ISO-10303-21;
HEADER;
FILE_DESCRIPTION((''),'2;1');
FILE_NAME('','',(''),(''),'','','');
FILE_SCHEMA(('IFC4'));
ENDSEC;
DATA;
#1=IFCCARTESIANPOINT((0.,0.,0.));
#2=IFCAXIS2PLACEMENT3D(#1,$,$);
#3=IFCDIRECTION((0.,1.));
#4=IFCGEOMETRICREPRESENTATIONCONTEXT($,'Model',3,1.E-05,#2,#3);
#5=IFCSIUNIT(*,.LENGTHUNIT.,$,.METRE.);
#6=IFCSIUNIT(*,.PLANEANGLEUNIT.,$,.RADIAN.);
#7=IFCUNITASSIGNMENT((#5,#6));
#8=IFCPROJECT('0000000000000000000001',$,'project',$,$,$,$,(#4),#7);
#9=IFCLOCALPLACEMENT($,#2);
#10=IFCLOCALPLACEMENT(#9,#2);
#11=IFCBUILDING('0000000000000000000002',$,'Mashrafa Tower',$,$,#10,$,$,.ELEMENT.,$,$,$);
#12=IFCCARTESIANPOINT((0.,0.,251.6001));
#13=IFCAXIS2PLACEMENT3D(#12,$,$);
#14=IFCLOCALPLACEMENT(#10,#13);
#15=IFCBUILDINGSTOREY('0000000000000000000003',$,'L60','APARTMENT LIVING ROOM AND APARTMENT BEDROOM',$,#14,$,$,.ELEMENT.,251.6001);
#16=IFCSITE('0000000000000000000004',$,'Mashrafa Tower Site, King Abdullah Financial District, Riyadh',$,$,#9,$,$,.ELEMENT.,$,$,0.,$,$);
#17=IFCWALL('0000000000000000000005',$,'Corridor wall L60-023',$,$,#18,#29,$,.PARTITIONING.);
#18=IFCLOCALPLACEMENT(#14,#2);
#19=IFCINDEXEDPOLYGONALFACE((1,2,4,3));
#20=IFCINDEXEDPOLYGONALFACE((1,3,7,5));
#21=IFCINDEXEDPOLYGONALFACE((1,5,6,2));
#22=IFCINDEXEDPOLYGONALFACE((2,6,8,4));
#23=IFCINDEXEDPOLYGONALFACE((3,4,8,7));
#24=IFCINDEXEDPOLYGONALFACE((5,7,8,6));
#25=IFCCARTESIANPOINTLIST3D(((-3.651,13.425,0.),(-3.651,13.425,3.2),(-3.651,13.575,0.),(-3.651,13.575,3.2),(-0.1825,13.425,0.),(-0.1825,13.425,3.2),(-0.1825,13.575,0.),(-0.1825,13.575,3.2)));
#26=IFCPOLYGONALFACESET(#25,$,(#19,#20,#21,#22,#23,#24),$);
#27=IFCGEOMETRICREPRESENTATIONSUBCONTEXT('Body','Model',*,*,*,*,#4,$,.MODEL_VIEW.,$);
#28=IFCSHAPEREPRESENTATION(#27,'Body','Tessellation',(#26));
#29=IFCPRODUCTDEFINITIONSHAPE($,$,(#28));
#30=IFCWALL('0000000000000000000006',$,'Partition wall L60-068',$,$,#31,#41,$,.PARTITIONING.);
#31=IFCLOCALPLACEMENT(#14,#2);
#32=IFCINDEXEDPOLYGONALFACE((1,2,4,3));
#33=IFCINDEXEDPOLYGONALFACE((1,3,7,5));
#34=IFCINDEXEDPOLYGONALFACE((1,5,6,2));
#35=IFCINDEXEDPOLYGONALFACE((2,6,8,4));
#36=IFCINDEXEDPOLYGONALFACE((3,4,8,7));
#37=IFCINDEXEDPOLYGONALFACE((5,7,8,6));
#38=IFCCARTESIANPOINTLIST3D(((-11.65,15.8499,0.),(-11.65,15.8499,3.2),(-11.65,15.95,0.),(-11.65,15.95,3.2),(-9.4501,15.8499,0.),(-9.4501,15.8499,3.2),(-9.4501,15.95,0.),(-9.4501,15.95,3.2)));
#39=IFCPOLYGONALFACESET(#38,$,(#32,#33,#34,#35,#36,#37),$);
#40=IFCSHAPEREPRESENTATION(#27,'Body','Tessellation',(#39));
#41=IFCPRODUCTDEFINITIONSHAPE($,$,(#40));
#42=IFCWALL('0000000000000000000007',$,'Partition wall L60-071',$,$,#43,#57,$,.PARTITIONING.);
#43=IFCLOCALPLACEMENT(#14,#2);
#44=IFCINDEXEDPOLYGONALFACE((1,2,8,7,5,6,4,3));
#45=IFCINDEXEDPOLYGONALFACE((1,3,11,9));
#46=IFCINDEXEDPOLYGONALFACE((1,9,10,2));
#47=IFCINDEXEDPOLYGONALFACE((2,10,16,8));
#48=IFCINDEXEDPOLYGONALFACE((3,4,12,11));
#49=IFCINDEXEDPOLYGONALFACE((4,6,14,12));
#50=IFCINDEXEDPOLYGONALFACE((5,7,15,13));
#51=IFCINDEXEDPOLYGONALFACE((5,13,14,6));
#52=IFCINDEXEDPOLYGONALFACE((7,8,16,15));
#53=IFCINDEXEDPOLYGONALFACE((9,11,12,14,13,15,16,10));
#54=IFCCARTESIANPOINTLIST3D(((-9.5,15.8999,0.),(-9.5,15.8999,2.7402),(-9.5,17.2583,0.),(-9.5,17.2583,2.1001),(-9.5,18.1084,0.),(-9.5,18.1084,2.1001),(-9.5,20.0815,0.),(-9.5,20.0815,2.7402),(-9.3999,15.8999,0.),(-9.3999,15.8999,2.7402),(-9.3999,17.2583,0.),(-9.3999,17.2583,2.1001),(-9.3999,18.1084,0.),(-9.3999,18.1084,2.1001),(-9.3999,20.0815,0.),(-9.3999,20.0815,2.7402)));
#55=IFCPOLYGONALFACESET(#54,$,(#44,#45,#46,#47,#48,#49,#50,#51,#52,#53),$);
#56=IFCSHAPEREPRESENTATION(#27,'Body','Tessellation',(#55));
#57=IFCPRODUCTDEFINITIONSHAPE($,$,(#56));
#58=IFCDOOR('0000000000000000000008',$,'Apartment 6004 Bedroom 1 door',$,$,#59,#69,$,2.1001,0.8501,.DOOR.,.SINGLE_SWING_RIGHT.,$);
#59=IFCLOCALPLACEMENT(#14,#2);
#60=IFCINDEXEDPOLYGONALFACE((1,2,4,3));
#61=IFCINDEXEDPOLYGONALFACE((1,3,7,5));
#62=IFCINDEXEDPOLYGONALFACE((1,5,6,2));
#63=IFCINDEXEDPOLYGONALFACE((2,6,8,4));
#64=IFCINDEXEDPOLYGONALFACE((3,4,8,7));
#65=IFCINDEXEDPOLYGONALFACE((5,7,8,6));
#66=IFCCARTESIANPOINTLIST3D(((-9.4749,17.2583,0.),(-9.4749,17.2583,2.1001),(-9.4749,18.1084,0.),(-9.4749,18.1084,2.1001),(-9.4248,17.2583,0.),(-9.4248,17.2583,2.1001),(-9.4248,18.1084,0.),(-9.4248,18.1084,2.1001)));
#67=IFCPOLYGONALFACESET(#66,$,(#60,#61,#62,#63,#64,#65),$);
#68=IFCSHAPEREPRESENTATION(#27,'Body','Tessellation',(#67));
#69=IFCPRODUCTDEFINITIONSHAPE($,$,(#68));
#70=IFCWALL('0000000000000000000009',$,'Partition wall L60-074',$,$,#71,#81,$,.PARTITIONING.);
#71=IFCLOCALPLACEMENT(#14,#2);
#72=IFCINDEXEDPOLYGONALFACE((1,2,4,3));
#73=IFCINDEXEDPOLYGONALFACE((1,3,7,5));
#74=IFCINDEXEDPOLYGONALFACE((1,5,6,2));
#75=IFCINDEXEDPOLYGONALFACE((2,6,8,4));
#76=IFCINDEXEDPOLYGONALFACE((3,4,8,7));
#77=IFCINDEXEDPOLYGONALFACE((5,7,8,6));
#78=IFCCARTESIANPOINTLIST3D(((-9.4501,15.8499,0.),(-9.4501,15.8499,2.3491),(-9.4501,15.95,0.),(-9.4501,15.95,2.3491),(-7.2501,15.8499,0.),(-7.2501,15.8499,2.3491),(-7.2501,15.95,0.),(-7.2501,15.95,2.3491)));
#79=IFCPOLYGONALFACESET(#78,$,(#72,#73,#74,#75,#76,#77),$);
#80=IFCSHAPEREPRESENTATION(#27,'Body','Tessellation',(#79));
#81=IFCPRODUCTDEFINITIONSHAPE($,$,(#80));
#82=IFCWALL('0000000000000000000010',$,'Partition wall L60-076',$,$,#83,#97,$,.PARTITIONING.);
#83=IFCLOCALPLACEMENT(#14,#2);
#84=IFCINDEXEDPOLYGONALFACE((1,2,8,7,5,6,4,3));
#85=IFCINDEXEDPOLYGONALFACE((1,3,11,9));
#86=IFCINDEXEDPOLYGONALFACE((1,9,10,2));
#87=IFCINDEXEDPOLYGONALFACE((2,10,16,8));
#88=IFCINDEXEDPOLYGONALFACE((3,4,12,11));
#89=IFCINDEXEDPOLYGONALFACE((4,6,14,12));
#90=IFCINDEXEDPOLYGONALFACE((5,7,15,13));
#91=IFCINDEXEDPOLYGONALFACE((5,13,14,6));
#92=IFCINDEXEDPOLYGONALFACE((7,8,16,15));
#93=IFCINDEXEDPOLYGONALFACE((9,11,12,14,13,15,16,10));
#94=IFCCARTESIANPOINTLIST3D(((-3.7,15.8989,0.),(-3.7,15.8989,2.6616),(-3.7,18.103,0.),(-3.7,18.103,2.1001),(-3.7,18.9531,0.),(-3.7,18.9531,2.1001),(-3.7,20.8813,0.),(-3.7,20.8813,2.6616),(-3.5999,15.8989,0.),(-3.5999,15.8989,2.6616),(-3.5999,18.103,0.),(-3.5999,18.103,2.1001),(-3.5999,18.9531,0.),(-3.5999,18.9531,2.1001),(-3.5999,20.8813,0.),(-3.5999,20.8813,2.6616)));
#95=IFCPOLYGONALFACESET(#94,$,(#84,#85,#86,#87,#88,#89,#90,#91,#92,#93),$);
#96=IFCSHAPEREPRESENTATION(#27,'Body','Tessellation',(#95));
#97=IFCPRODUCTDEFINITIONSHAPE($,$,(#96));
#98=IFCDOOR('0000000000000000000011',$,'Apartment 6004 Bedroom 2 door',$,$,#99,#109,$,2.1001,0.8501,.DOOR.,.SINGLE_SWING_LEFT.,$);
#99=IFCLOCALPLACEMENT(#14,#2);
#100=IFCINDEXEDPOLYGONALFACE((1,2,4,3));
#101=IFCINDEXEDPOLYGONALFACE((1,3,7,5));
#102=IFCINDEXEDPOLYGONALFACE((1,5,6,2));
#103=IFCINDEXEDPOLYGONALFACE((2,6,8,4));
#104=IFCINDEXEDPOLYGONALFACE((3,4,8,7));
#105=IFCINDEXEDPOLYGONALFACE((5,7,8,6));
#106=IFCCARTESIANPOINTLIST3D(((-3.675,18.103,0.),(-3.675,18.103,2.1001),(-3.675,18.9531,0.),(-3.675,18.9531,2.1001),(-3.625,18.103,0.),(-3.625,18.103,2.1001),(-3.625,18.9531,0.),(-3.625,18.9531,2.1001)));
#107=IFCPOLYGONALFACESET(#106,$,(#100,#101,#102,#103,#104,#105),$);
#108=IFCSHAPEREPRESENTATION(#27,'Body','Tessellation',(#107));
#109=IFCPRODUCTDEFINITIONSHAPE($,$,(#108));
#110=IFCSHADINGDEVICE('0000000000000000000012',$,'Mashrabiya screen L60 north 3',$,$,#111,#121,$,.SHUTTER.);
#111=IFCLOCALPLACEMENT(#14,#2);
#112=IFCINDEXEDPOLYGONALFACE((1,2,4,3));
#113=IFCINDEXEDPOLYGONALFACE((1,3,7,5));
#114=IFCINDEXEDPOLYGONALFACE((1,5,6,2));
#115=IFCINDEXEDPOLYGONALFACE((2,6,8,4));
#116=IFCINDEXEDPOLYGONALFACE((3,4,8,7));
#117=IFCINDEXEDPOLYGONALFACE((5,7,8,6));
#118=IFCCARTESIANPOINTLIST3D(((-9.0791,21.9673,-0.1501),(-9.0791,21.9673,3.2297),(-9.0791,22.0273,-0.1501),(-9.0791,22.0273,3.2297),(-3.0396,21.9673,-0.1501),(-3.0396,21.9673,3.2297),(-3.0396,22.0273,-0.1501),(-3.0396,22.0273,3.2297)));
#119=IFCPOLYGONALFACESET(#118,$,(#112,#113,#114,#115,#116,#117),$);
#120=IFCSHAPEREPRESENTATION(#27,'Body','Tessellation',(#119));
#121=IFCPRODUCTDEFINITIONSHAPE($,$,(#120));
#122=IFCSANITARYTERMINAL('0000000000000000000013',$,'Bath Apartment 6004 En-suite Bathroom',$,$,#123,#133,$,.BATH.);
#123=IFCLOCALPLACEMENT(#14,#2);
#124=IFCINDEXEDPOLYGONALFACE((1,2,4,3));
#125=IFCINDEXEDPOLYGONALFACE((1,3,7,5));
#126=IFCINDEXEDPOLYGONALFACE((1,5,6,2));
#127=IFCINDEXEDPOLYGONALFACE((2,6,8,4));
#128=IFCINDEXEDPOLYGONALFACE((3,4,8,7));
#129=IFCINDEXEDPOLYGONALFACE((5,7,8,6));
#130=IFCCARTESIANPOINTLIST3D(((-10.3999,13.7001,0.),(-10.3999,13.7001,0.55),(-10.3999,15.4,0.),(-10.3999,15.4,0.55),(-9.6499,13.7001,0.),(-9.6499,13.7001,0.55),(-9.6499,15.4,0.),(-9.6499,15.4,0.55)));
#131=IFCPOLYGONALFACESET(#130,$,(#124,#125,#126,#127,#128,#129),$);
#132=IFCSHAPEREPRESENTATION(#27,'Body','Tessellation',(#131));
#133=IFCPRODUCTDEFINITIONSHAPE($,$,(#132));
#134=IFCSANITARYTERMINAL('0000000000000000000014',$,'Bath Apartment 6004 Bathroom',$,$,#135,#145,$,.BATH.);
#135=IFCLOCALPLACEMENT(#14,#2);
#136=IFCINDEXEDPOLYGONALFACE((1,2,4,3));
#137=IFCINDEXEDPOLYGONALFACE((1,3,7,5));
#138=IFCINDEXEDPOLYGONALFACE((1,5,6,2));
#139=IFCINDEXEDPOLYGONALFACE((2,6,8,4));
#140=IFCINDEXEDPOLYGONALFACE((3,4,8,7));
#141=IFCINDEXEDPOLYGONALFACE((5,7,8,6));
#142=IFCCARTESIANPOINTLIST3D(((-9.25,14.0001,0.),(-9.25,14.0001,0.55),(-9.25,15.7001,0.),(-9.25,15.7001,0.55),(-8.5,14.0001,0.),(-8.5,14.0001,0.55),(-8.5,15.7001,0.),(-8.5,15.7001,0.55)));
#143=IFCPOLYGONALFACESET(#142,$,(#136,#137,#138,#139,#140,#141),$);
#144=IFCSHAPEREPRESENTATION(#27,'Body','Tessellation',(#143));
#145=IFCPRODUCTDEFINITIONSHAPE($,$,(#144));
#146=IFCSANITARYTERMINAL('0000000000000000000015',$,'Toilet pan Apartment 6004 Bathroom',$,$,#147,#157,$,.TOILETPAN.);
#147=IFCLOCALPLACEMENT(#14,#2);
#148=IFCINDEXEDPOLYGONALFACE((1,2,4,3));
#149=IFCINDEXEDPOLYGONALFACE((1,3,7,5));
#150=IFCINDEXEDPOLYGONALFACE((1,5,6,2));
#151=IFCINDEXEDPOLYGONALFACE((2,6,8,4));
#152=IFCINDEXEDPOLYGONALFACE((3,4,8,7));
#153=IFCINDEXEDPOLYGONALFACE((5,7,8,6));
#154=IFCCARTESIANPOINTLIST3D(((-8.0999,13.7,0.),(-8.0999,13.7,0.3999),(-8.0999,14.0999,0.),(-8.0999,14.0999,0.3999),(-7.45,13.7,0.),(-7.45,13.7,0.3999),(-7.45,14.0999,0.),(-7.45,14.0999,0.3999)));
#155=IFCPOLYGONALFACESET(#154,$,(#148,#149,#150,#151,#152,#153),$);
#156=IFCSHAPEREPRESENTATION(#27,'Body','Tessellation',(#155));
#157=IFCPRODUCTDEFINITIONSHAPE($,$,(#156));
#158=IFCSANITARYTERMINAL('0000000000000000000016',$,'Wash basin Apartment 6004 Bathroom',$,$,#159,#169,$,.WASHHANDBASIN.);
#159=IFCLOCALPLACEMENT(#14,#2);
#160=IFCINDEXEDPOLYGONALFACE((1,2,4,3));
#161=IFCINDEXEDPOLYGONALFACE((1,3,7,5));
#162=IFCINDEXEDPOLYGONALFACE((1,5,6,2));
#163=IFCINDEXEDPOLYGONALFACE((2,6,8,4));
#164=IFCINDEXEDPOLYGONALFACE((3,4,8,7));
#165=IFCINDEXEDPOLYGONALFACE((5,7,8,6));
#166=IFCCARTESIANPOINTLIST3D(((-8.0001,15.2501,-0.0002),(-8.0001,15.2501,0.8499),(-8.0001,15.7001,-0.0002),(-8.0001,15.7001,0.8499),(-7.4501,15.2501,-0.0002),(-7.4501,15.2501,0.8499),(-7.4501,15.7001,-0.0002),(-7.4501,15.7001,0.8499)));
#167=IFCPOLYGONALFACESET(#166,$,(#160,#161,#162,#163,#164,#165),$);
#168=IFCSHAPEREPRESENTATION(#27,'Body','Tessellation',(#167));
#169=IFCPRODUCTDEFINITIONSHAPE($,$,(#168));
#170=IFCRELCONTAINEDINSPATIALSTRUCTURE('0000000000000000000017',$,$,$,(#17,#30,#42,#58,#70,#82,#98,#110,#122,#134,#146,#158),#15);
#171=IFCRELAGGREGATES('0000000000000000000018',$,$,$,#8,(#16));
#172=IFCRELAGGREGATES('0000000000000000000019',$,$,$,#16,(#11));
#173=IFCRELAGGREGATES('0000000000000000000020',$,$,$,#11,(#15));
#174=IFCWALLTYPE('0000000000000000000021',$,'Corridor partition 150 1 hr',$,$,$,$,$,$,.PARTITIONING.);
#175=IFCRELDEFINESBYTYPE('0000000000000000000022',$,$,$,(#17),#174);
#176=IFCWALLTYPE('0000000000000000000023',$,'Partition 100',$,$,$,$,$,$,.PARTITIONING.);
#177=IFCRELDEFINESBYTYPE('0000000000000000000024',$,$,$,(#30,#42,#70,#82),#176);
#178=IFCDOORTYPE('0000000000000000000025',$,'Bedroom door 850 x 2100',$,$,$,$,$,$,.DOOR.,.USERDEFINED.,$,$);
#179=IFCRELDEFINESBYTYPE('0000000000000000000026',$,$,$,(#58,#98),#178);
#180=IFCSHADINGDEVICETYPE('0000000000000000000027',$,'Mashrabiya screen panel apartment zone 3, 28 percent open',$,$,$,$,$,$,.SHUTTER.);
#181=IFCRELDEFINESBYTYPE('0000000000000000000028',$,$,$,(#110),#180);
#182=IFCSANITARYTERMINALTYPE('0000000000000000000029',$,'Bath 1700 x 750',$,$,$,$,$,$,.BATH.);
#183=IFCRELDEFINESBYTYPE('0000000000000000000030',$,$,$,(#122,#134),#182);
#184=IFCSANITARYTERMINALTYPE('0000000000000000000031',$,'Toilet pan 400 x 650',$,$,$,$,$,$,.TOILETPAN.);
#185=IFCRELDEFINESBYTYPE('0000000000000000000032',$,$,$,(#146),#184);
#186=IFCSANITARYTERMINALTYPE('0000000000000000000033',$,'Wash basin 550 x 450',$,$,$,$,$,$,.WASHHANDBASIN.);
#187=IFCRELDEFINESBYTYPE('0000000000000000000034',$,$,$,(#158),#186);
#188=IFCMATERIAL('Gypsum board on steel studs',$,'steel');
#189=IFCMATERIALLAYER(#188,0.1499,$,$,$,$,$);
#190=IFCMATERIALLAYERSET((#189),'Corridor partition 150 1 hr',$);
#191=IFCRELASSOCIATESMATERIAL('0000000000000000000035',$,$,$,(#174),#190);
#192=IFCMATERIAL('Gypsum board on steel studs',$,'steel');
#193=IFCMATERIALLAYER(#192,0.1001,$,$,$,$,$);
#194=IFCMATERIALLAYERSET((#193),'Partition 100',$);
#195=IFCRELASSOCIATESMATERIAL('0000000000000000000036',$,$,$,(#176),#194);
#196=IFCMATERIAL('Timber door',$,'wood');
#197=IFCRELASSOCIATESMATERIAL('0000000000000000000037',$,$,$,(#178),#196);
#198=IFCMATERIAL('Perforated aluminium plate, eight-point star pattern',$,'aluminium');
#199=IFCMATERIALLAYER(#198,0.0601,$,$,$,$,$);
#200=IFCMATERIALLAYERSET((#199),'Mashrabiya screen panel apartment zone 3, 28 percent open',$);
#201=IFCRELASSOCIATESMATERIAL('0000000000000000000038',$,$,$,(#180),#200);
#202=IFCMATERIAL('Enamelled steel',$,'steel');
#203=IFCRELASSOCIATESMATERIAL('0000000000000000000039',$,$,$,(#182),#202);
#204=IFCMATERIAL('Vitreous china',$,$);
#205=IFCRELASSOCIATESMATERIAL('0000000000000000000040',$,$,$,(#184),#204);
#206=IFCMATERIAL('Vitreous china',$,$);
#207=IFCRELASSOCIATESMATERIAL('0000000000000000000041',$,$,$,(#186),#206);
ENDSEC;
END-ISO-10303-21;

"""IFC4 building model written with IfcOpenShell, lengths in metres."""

from ifc_helpers import new_model, si_unit, direction, frame, frame_2d, origin, origin_2d, place, context, subcontext, project, spatial, rectangle, extrude, source, transform, mapped, material, layer, layer_set, type_object, type_shapes, element, fill, save


model = new_model("IFC4")

# Units and contexts
model_context = context("Model", 3, precision=1e-05, world=origin(), true_north=direction((0.0, 1.0)))
body_context = subcontext(model_context, "Body", "Model", "MODEL_VIEW")
ifc_project = project(units=[si_unit("LENGTHUNIT", "METRE"), si_unit("PLANEANGLEUNIT", "RADIAN")], contexts=[model_context])

# Site, building, storey
site_placement = place(None, origin())
site = spatial("IfcSite", under=ifc_project, at=site_placement, Name="Mashrafa Tower Site, King Abdullah Financial District, Riyadh", CompositionType="ELEMENT", RefElevation=0.0)
building_placement = place(site_placement, origin())
building = spatial("IfcBuilding", under=site, at=building_placement, Name="Mashrafa Tower", CompositionType="ELEMENT")
storey_placement = place(building_placement, frame((0.0, 0.0, 251.6001)))
storey = spatial("IfcBuildingStorey", under=building, at=storey_placement, Name="L60", Description="APARTMENT LIVING ROOM AND APARTMENT BEDROOM", CompositionType="ELEMENT", Elevation=251.6001)

# Walls
ifc_material_1 = material(Name="Gypsum board on steel studs", Category="steel")
ifc_layer_1 = layer(ifc_material_1, 0.1499)
ifc_layer_set_1 = layer_set([ifc_layer_1], Name="Corridor partition 150 1 hr")
wall_type_1 = type_object("IfcWallType", Name="Corridor partition 150 1 hr", PredefinedType="PARTITIONING", material=ifc_layer_set_1)
wall_1_placement = place(storey_placement, frame((-0.1824, 13.5, 0.0), z_axis=(0.0, 0.0, 1.0), x_axis=(-1.0, 0.0, 0.0)))
element("IfcWall", 1, at=wall_1_placement, inside=storey, type_object=wall_type_1, Name="Corridor wall L60-023", PredefinedType="PARTITIONING", context=body_context, shape_type="SweptSolid", body=[
    extrude(rectangle(XDim=3.4685, YDim=0.1499, at=frame_2d((1.7344, 0.0))), origin(), (0.0, 0.0, 1.0), 3.2),
])
ifc_material_2 = material(Name="Gypsum board on steel studs", Category="steel")
ifc_layer_2 = layer(ifc_material_2, 0.1001)
ifc_layer_set_2 = layer_set([ifc_layer_2], Name="Partition 100")
wall_type_2 = type_object("IfcWallType", Name="Partition 100", PredefinedType="PARTITIONING", material=ifc_layer_set_2)
wall_2_placement = place(storey_placement, frame((-9.45, 15.8999, 0.0), z_axis=(0.0, 0.0, 1.0), x_axis=(-1.0, 0.0, 0.0)))
element("IfcWall", 2, at=wall_2_placement, inside=storey, type_object=wall_type_2, Name="Partition wall L60-068", PredefinedType="PARTITIONING", context=body_context, shape_type="SweptSolid", body=[
    extrude(rectangle(XDim=2.2, YDim=0.1001, at=frame_2d((1.1001, 0.0))), origin(), (0.0, 0.0, 1.0), 3.2),
])

# Wall, opening, door
wall_3_placement = place(storey_placement, frame((-9.45, 15.8999, 0.0), z_axis=(0.0, 0.0, 1.0), x_axis=(0.0, 1.0, 0.0)))
wall_3 = element("IfcWall", 3, at=wall_3_placement, inside=storey, type_object=wall_type_2, Name="Partition wall L60-071", PredefinedType="PARTITIONING", context=body_context, shape_type="SweptSolid", body=[
    extrude(rectangle(XDim=4.1816, YDim=0.1001, at=frame_2d((2.0908, 0.0))), origin(), (0.0, 0.0, 1.0), 2.7402),
])
opening_1_placement = place(wall_3_placement, frame((1.3584, 0.0, 0.0)))
opening_1 = element("IfcOpeningElement", 4, at=opening_1_placement, cuts=wall_3, PredefinedType="OPENING", context=body_context, shape_type="SweptSolid", body=[
    extrude(rectangle(XDim=0.8501, YDim=2.1001, at=frame_2d((0.425, 1.05))), frame((0.0, 0.0601, 0.0), z_axis=(0.0, -1.0, 0.0), x_axis=(1.0, 0.0, 0.0)), (0.0, 0.0, 1.0), 0.1201),
])
ifc_material_3 = material(Name="Timber door", Category="wood")
door_type = type_object("IfcDoorType", Name="Bedroom door 850 x 2100", OperationType="USERDEFINED", PredefinedType="DOOR", material=ifc_material_3)
door_1_placement = place(opening_1_placement, origin())
door_1 = element("IfcDoor", 5, at=door_1_placement, inside=storey, type_object=door_type, Name="Apartment 6004 Bedroom 1 door", OperationType="SINGLE_SWING_RIGHT", OverallHeight=2.1001, OverallWidth=0.8501, PredefinedType="DOOR", context=body_context, shape_type="SweptSolid", body=[
    extrude(rectangle(XDim=0.8501, YDim=2.1001, at=frame_2d((0.425, 1.05))), frame((0.0, 0.0249, 0.0), z_axis=(0.0, -1.0, 0.0), x_axis=(1.0, 0.0, 0.0)), (0.0, 0.0, 1.0), 0.05),
])
fill(opening_1, door_1)

# Wall
wall_4_placement = place(storey_placement, frame((-7.25, 15.8999, 0.0), z_axis=(0.0, 0.0, 1.0), x_axis=(-1.0, 0.0, 0.0)))
element("IfcWall", 6, at=wall_4_placement, inside=storey, type_object=wall_type_2, Name="Partition wall L60-074", PredefinedType="PARTITIONING", context=body_context, shape_type="SweptSolid", body=[
    extrude(rectangle(XDim=2.2, YDim=0.1001, at=frame_2d((1.1001, 0.0))), origin(), (0.0, 0.0, 1.0), 2.3491),
])

# Wall, opening, door
wall_5_placement = place(storey_placement, frame((-3.6499, 20.8813, 0.0), z_axis=(0.0, 0.0, 1.0), x_axis=(0.0, -1.0, 0.0)))
wall_5 = element("IfcWall", 7, at=wall_5_placement, inside=storey, type_object=wall_type_2, Name="Partition wall L60-076", PredefinedType="PARTITIONING", context=body_context, shape_type="SweptSolid", body=[
    extrude(rectangle(XDim=4.9824, YDim=0.1001, at=frame_2d((2.4912, 0.0))), origin(), (0.0, 0.0, 1.0), 2.6616),
])
opening_2_placement = place(wall_5_placement, frame((1.9282, 0.0, 0.0)))
opening_2 = element("IfcOpeningElement", 8, at=opening_2_placement, cuts=wall_5, PredefinedType="OPENING", context=body_context, shape_type="SweptSolid", body=[
    extrude(rectangle(XDim=0.8501, YDim=2.1001, at=frame_2d((0.425, 1.05))), frame((0.0, 0.0601, 0.0), z_axis=(0.0, -1.0, 0.0), x_axis=(1.0, 0.0, 0.0)), (0.0, 0.0, 1.0), 0.1201),
])
door_2_placement = place(opening_2_placement, origin())
door_2 = element("IfcDoor", 9, at=door_2_placement, inside=storey, type_object=door_type, Name="Apartment 6004 Bedroom 2 door", OperationType="SINGLE_SWING_LEFT", OverallHeight=2.1001, OverallWidth=0.8501, PredefinedType="DOOR", context=body_context, shape_type="SweptSolid", body=[
    extrude(rectangle(XDim=0.8501, YDim=2.1001, at=frame_2d((0.425, 1.05))), frame((0.0, 0.0249, 0.0), z_axis=(0.0, -1.0, 0.0), x_axis=(1.0, 0.0, 0.0)), (0.0, 0.0, 1.0), 0.05),
])
fill(opening_2, door_2)

# Shading device
ifc_material_4 = material(Name="Perforated aluminium plate, eight-point star pattern", Category="aluminium")
ifc_layer_3 = layer(ifc_material_4, 0.0601)
ifc_layer_set_3 = layer_set([ifc_layer_3], Name="Mashrabiya screen panel apartment zone 3, 28 percent open")
shading_device_type = type_object("IfcShadingDeviceType", Name="Mashrabiya screen panel apartment zone 3, 28 percent open", PredefinedType="SHUTTER", material=ifc_layer_set_3)
shared_shape_1 = source(origin(), body_context, "Body", "SweptSolid", [
    extrude(rectangle(XDim=6.0396, YDim=0.0601, at=origin_2d()), origin(), (0.0, 0.0, 1.0), 3.3799),
])
type_shapes(shading_device_type, [shared_shape_1])
shading_device_placement = place(storey_placement, frame((-6.0593, 21.9973, -0.1501), z_axis=(0.0, 0.0, 1.0), x_axis=(-1.0, 0.0, 0.0)))
element("IfcShadingDevice", 10, at=shading_device_placement, inside=storey, type_object=shading_device_type, Name="Mashrabiya screen L60 north 3", PredefinedType="SHUTTER", context=body_context, shape_type="MappedRepresentation", body=[
    mapped(shared_shape_1, transform((0.0, 0.0, 0.0))),
])

# Sanitary terminals
ifc_material_5 = material(Name="Enamelled steel", Category="steel")
sanitary_terminal_type_1 = type_object("IfcSanitaryTerminalType", Name="Bath 1700 x 750", PredefinedType="BATH", material=ifc_material_5)
for number, where, z_axis, x_axis, name in (
    (11, (-10.0249, 14.55, 0.0), (0.0, 0.0, 1.0), (0.0, 1.0, 0.0), "Bath Apartment 6004 En-suite Bathroom"),
    (12, (-8.875, 14.8501, 0.0), (0.0, 0.0, 1.0), (0.0, -1.0, 0.0), "Bath Apartment 6004 Bathroom"),
):
    element("IfcSanitaryTerminal", number, at=place(storey_placement, frame(where, z_axis=z_axis, x_axis=x_axis)), inside=storey, type_object=sanitary_terminal_type_1, Name=name, PredefinedType="BATH", context=body_context, shape_type="SweptSolid", body=[
        extrude(rectangle(XDim=1.7, YDim=0.75, at=origin_2d()), origin(), (0.0, 0.0, 1.0), 0.55),
    ])
ifc_material_6 = material(Name="Vitreous china")
sanitary_terminal_type_2 = type_object("IfcSanitaryTerminalType", Name="Toilet pan 400 x 650", PredefinedType="TOILETPAN", material=ifc_material_6)
sanitary_terminal_1_placement = place(storey_placement, frame((-7.7749, 13.8999, 0.0), z_axis=(0.0, 0.0, 1.0), x_axis=(0.0, 1.0, 0.0)))
element("IfcSanitaryTerminal", 13, at=sanitary_terminal_1_placement, inside=storey, type_object=sanitary_terminal_type_2, Name="Toilet pan Apartment 6004 Bathroom", PredefinedType="TOILETPAN", context=body_context, shape_type="SweptSolid", body=[
    extrude(rectangle(XDim=0.3999, YDim=0.6499, at=origin_2d()), origin(), (0.0, 0.0, 1.0), 0.3999),
])
ifc_material_7 = material(Name="Vitreous china")
sanitary_terminal_type_3 = type_object("IfcSanitaryTerminalType", Name="Wash basin 550 x 450", PredefinedType="WASHHANDBASIN", material=ifc_material_7)
sanitary_terminal_2_placement = place(storey_placement, frame((-7.7251, 15.4751, -0.0002), z_axis=(0.0, 0.0, 1.0), x_axis=(-1.0, 0.0, 0.0)))
element("IfcSanitaryTerminal", 14, at=sanitary_terminal_2_placement, inside=storey, type_object=sanitary_terminal_type_3, Name="Wash basin Apartment 6004 Bathroom", PredefinedType="WASHHANDBASIN", context=body_context, shape_type="SweptSolid", body=[
    extrude(rectangle(XDim=0.55, YDim=0.45, at=origin_2d()), origin(), (0.0, 0.0, 1.0), 0.8501),
])

save(model, "model.ifc")
